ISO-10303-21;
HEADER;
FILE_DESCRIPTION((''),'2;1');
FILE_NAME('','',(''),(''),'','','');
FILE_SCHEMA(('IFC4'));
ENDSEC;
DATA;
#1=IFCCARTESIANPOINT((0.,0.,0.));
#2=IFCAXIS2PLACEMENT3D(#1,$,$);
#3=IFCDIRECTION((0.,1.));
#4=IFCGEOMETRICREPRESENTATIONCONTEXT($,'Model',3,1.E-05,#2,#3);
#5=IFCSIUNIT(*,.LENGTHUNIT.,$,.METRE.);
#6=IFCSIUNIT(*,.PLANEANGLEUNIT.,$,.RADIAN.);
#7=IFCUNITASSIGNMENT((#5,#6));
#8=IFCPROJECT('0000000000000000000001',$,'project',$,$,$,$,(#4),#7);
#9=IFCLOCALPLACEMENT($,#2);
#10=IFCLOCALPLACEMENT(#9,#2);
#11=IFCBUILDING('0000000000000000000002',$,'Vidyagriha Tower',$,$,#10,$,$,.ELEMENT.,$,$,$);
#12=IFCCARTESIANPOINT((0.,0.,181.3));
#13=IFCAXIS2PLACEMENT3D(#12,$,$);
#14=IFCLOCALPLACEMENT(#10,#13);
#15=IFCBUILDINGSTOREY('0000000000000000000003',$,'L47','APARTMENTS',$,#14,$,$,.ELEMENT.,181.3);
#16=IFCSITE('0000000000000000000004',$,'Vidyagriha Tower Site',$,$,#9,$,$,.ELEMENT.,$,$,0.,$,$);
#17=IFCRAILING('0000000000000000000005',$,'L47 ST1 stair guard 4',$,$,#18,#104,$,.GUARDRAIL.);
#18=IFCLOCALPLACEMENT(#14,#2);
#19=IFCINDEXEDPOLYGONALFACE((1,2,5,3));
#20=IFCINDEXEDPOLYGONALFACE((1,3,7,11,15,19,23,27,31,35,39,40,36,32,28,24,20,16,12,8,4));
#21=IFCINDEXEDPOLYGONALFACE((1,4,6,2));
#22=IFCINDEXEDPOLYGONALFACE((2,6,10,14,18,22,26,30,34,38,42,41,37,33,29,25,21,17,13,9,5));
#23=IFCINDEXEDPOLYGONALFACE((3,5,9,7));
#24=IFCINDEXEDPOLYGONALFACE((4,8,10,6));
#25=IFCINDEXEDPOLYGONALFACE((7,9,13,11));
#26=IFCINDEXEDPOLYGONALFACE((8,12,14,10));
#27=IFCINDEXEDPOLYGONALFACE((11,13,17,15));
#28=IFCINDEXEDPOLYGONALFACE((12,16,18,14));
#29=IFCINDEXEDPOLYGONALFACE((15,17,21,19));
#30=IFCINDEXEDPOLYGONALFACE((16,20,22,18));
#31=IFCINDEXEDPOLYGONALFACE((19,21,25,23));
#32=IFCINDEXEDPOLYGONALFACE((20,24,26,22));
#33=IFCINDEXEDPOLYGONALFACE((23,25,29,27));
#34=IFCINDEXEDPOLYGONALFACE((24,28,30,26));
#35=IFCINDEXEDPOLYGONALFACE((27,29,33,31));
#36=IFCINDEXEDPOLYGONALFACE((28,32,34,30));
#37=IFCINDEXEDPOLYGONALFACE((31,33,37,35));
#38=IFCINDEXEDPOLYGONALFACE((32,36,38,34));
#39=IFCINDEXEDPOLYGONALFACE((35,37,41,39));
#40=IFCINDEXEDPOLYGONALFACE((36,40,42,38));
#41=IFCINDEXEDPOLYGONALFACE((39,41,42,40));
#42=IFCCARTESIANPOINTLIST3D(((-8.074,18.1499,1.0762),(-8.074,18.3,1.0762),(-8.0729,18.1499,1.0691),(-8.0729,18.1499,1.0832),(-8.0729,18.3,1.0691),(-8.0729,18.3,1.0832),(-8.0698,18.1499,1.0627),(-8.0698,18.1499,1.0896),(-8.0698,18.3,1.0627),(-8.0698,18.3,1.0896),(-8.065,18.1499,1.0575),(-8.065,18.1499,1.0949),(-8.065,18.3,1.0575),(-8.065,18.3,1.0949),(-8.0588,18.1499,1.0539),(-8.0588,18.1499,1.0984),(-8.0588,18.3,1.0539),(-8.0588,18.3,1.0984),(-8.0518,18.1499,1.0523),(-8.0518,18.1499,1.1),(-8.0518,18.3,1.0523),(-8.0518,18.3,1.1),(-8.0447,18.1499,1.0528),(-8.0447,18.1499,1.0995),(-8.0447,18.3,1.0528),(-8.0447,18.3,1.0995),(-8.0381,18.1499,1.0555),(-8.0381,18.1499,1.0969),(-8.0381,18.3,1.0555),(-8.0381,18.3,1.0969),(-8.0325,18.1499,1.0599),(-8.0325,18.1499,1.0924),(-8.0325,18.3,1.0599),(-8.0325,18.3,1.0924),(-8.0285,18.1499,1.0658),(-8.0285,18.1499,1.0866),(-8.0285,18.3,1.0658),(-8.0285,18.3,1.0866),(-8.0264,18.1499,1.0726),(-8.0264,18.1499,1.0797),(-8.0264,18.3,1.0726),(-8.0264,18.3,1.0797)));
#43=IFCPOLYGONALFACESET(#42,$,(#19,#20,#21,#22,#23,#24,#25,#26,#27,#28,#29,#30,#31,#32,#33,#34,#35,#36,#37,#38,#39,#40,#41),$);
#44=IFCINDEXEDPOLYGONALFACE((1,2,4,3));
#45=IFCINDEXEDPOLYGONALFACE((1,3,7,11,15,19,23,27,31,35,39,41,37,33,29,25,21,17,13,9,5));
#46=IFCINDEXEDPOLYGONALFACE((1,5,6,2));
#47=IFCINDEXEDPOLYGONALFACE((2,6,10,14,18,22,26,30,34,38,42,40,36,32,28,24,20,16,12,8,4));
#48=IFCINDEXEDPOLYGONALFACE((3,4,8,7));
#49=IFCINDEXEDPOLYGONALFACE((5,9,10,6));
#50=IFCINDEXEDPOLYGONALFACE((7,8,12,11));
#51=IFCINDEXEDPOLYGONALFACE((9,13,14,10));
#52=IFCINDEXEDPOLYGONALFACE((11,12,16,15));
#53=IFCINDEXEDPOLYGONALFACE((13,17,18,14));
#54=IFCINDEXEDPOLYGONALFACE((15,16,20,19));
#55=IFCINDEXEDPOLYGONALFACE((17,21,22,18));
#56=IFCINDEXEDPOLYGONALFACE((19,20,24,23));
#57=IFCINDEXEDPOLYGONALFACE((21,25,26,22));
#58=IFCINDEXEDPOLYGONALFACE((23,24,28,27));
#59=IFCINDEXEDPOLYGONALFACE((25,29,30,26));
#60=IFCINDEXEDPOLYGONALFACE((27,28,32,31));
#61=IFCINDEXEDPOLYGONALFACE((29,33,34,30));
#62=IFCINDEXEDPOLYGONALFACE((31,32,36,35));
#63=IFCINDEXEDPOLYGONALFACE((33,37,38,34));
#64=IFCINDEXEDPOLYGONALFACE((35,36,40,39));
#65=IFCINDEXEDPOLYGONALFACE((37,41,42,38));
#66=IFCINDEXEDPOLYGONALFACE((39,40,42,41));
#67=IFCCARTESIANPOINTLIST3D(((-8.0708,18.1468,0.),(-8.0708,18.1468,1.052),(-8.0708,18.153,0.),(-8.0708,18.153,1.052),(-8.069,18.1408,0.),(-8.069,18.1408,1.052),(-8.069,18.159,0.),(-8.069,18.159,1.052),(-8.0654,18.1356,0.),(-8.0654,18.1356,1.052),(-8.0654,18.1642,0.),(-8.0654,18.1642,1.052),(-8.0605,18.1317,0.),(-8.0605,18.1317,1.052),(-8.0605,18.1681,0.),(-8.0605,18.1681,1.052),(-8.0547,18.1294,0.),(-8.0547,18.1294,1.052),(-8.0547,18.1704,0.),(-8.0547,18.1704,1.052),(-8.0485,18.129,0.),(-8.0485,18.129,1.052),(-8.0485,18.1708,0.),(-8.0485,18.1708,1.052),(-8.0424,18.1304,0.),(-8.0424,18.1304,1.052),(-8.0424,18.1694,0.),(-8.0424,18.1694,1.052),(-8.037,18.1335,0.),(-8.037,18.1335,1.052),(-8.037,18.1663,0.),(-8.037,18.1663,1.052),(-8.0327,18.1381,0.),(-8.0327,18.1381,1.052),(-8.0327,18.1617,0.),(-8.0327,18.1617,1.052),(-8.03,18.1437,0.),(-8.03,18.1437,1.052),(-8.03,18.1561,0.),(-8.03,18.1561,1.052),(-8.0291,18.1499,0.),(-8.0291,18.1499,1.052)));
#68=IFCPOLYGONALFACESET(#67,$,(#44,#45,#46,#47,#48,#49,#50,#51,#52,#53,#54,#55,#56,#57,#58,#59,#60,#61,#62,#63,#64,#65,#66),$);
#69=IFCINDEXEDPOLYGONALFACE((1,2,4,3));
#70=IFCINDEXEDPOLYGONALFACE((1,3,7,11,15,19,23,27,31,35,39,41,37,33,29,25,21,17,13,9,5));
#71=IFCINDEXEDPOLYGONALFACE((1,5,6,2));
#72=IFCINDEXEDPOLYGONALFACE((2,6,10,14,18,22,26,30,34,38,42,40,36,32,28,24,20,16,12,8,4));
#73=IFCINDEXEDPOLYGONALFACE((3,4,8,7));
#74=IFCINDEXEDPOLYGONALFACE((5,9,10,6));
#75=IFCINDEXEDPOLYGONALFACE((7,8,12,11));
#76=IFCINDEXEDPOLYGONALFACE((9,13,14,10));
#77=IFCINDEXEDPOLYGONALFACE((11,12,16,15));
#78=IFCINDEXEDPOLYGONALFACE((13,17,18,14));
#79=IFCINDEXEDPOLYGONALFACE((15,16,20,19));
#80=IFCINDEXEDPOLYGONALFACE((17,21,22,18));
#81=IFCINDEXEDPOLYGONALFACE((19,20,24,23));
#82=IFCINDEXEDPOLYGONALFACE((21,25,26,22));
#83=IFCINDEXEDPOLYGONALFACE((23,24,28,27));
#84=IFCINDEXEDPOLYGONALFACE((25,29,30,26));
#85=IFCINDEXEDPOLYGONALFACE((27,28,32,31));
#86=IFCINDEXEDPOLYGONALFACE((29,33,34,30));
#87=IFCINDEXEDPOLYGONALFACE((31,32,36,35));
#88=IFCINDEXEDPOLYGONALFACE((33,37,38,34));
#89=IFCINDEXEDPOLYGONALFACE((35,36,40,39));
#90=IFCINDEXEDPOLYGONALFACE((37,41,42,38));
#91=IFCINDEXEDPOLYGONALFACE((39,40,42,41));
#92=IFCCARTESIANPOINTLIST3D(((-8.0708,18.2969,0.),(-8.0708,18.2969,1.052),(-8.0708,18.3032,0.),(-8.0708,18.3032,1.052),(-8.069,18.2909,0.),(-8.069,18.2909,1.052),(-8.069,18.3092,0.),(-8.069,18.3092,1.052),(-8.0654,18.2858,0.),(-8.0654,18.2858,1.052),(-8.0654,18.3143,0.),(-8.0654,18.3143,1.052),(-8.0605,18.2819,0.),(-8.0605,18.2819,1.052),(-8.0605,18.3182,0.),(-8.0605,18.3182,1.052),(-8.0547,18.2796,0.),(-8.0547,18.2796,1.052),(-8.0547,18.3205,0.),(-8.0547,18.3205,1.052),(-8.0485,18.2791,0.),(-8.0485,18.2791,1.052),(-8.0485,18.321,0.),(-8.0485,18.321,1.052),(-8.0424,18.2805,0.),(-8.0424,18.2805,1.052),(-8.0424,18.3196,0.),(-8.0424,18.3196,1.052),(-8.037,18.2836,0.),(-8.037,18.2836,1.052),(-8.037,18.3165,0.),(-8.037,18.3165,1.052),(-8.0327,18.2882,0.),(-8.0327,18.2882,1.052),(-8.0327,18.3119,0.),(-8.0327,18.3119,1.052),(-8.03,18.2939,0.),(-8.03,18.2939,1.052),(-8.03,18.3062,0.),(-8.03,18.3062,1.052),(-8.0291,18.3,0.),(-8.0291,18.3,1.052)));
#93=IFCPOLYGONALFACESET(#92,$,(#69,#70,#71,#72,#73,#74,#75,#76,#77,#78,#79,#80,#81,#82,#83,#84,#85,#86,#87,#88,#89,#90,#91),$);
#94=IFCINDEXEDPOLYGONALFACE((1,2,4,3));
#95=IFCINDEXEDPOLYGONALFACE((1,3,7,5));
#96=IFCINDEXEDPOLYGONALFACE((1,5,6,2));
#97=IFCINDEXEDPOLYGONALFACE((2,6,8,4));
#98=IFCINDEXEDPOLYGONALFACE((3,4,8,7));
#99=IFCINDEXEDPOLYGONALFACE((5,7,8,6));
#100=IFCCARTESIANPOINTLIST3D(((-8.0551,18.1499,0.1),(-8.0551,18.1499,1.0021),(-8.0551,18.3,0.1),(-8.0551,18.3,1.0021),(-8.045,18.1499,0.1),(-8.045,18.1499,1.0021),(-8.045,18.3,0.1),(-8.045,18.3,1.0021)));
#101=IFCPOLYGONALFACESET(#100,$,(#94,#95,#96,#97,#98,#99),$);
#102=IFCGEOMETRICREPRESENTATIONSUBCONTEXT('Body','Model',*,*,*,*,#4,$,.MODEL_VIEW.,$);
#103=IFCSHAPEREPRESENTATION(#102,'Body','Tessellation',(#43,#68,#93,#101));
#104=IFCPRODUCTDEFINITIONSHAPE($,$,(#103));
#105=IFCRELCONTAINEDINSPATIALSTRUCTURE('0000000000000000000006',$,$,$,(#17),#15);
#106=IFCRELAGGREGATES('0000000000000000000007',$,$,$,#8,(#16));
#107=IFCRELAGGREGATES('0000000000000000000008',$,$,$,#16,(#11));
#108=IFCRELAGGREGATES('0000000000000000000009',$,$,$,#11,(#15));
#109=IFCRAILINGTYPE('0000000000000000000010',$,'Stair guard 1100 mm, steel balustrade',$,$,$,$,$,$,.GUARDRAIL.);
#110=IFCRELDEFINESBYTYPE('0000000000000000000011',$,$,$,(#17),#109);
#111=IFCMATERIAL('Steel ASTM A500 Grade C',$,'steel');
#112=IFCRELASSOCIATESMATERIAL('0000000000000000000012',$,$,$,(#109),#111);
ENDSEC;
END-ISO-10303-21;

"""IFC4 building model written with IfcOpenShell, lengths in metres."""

from ifc_helpers import new_model, si_unit, direction, frame, origin, origin_2d, place, context, subcontext, project, spatial, rectangle, circle, extrude, material, type_object, element, save


model = new_model("IFC4")

# Units and contexts
model_context = context("Model", 3, precision=1e-05, world=origin(), true_north=direction((0.0, 1.0)))
body_context = subcontext(model_context, "Body", "Model", "MODEL_VIEW")
ifc_project = project(units=[si_unit("LENGTHUNIT", "METRE"), si_unit("PLANEANGLEUNIT", "RADIAN")], contexts=[model_context])

# Site, building, storey
site_placement = place(None, origin())
site = spatial("IfcSite", under=ifc_project, at=site_placement, Name="Vidyagriha Tower Site", CompositionType="ELEMENT", RefElevation=0.0)
building_placement = place(site_placement, origin())
building = spatial("IfcBuilding", under=site, at=building_placement, Name="Vidyagriha Tower", CompositionType="ELEMENT")
storey_placement = place(building_placement, frame((0.0, 0.0, 181.3)))
storey = spatial("IfcBuildingStorey", under=building, at=storey_placement, Name="L47", Description="APARTMENTS", CompositionType="ELEMENT", Elevation=181.3)

# Railing
ifc_material_1 = material(Name="Steel ASTM A500 Grade C", Category="steel")
railing_type_1 = type_object("IfcRailingType", Name="Stair guard 1100 mm, steel balustrade", PredefinedType="GUARDRAIL", material=ifc_material_1)
railing_1_placement = place(storey_placement, frame((-8.05, 18.1499, 0.0)))
element("IfcRailing", 1, at=railing_1_placement, inside=storey, type_object=railing_type_1, Name="L47 ST1 stair guard 4", PredefinedType="GUARDRAIL", context=body_context, shape_type="SweptSolid", body=[
    extrude(circle(Radius=0.0239, at=origin_2d()), frame((0.0, 0.0, 1.0762), z_axis=(0.0, 1.0, 0.0), x_axis=(-1.0, 0.0, 0.0)), (0.0, 0.0, 1.0), 0.1501),
    extrude(circle(Radius=0.021, at=origin_2d()), origin(), (0.0, 0.0, 1.0), 1.052),
    extrude(circle(Radius=0.021, at=origin_2d()), frame((0.0, 0.1501, 0.0)), (0.0, 0.0, 1.0), 1.052),
    extrude(rectangle(XDim=0.01, YDim=0.9021, at=origin_2d()), frame((0.0, 0.0, 0.551), z_axis=(0.0, 1.0, 0.0), x_axis=(-1.0, 0.0, 0.0)), (0.0, 0.0, 1.0), 0.1501),
])

save(model, "model.ifc")
